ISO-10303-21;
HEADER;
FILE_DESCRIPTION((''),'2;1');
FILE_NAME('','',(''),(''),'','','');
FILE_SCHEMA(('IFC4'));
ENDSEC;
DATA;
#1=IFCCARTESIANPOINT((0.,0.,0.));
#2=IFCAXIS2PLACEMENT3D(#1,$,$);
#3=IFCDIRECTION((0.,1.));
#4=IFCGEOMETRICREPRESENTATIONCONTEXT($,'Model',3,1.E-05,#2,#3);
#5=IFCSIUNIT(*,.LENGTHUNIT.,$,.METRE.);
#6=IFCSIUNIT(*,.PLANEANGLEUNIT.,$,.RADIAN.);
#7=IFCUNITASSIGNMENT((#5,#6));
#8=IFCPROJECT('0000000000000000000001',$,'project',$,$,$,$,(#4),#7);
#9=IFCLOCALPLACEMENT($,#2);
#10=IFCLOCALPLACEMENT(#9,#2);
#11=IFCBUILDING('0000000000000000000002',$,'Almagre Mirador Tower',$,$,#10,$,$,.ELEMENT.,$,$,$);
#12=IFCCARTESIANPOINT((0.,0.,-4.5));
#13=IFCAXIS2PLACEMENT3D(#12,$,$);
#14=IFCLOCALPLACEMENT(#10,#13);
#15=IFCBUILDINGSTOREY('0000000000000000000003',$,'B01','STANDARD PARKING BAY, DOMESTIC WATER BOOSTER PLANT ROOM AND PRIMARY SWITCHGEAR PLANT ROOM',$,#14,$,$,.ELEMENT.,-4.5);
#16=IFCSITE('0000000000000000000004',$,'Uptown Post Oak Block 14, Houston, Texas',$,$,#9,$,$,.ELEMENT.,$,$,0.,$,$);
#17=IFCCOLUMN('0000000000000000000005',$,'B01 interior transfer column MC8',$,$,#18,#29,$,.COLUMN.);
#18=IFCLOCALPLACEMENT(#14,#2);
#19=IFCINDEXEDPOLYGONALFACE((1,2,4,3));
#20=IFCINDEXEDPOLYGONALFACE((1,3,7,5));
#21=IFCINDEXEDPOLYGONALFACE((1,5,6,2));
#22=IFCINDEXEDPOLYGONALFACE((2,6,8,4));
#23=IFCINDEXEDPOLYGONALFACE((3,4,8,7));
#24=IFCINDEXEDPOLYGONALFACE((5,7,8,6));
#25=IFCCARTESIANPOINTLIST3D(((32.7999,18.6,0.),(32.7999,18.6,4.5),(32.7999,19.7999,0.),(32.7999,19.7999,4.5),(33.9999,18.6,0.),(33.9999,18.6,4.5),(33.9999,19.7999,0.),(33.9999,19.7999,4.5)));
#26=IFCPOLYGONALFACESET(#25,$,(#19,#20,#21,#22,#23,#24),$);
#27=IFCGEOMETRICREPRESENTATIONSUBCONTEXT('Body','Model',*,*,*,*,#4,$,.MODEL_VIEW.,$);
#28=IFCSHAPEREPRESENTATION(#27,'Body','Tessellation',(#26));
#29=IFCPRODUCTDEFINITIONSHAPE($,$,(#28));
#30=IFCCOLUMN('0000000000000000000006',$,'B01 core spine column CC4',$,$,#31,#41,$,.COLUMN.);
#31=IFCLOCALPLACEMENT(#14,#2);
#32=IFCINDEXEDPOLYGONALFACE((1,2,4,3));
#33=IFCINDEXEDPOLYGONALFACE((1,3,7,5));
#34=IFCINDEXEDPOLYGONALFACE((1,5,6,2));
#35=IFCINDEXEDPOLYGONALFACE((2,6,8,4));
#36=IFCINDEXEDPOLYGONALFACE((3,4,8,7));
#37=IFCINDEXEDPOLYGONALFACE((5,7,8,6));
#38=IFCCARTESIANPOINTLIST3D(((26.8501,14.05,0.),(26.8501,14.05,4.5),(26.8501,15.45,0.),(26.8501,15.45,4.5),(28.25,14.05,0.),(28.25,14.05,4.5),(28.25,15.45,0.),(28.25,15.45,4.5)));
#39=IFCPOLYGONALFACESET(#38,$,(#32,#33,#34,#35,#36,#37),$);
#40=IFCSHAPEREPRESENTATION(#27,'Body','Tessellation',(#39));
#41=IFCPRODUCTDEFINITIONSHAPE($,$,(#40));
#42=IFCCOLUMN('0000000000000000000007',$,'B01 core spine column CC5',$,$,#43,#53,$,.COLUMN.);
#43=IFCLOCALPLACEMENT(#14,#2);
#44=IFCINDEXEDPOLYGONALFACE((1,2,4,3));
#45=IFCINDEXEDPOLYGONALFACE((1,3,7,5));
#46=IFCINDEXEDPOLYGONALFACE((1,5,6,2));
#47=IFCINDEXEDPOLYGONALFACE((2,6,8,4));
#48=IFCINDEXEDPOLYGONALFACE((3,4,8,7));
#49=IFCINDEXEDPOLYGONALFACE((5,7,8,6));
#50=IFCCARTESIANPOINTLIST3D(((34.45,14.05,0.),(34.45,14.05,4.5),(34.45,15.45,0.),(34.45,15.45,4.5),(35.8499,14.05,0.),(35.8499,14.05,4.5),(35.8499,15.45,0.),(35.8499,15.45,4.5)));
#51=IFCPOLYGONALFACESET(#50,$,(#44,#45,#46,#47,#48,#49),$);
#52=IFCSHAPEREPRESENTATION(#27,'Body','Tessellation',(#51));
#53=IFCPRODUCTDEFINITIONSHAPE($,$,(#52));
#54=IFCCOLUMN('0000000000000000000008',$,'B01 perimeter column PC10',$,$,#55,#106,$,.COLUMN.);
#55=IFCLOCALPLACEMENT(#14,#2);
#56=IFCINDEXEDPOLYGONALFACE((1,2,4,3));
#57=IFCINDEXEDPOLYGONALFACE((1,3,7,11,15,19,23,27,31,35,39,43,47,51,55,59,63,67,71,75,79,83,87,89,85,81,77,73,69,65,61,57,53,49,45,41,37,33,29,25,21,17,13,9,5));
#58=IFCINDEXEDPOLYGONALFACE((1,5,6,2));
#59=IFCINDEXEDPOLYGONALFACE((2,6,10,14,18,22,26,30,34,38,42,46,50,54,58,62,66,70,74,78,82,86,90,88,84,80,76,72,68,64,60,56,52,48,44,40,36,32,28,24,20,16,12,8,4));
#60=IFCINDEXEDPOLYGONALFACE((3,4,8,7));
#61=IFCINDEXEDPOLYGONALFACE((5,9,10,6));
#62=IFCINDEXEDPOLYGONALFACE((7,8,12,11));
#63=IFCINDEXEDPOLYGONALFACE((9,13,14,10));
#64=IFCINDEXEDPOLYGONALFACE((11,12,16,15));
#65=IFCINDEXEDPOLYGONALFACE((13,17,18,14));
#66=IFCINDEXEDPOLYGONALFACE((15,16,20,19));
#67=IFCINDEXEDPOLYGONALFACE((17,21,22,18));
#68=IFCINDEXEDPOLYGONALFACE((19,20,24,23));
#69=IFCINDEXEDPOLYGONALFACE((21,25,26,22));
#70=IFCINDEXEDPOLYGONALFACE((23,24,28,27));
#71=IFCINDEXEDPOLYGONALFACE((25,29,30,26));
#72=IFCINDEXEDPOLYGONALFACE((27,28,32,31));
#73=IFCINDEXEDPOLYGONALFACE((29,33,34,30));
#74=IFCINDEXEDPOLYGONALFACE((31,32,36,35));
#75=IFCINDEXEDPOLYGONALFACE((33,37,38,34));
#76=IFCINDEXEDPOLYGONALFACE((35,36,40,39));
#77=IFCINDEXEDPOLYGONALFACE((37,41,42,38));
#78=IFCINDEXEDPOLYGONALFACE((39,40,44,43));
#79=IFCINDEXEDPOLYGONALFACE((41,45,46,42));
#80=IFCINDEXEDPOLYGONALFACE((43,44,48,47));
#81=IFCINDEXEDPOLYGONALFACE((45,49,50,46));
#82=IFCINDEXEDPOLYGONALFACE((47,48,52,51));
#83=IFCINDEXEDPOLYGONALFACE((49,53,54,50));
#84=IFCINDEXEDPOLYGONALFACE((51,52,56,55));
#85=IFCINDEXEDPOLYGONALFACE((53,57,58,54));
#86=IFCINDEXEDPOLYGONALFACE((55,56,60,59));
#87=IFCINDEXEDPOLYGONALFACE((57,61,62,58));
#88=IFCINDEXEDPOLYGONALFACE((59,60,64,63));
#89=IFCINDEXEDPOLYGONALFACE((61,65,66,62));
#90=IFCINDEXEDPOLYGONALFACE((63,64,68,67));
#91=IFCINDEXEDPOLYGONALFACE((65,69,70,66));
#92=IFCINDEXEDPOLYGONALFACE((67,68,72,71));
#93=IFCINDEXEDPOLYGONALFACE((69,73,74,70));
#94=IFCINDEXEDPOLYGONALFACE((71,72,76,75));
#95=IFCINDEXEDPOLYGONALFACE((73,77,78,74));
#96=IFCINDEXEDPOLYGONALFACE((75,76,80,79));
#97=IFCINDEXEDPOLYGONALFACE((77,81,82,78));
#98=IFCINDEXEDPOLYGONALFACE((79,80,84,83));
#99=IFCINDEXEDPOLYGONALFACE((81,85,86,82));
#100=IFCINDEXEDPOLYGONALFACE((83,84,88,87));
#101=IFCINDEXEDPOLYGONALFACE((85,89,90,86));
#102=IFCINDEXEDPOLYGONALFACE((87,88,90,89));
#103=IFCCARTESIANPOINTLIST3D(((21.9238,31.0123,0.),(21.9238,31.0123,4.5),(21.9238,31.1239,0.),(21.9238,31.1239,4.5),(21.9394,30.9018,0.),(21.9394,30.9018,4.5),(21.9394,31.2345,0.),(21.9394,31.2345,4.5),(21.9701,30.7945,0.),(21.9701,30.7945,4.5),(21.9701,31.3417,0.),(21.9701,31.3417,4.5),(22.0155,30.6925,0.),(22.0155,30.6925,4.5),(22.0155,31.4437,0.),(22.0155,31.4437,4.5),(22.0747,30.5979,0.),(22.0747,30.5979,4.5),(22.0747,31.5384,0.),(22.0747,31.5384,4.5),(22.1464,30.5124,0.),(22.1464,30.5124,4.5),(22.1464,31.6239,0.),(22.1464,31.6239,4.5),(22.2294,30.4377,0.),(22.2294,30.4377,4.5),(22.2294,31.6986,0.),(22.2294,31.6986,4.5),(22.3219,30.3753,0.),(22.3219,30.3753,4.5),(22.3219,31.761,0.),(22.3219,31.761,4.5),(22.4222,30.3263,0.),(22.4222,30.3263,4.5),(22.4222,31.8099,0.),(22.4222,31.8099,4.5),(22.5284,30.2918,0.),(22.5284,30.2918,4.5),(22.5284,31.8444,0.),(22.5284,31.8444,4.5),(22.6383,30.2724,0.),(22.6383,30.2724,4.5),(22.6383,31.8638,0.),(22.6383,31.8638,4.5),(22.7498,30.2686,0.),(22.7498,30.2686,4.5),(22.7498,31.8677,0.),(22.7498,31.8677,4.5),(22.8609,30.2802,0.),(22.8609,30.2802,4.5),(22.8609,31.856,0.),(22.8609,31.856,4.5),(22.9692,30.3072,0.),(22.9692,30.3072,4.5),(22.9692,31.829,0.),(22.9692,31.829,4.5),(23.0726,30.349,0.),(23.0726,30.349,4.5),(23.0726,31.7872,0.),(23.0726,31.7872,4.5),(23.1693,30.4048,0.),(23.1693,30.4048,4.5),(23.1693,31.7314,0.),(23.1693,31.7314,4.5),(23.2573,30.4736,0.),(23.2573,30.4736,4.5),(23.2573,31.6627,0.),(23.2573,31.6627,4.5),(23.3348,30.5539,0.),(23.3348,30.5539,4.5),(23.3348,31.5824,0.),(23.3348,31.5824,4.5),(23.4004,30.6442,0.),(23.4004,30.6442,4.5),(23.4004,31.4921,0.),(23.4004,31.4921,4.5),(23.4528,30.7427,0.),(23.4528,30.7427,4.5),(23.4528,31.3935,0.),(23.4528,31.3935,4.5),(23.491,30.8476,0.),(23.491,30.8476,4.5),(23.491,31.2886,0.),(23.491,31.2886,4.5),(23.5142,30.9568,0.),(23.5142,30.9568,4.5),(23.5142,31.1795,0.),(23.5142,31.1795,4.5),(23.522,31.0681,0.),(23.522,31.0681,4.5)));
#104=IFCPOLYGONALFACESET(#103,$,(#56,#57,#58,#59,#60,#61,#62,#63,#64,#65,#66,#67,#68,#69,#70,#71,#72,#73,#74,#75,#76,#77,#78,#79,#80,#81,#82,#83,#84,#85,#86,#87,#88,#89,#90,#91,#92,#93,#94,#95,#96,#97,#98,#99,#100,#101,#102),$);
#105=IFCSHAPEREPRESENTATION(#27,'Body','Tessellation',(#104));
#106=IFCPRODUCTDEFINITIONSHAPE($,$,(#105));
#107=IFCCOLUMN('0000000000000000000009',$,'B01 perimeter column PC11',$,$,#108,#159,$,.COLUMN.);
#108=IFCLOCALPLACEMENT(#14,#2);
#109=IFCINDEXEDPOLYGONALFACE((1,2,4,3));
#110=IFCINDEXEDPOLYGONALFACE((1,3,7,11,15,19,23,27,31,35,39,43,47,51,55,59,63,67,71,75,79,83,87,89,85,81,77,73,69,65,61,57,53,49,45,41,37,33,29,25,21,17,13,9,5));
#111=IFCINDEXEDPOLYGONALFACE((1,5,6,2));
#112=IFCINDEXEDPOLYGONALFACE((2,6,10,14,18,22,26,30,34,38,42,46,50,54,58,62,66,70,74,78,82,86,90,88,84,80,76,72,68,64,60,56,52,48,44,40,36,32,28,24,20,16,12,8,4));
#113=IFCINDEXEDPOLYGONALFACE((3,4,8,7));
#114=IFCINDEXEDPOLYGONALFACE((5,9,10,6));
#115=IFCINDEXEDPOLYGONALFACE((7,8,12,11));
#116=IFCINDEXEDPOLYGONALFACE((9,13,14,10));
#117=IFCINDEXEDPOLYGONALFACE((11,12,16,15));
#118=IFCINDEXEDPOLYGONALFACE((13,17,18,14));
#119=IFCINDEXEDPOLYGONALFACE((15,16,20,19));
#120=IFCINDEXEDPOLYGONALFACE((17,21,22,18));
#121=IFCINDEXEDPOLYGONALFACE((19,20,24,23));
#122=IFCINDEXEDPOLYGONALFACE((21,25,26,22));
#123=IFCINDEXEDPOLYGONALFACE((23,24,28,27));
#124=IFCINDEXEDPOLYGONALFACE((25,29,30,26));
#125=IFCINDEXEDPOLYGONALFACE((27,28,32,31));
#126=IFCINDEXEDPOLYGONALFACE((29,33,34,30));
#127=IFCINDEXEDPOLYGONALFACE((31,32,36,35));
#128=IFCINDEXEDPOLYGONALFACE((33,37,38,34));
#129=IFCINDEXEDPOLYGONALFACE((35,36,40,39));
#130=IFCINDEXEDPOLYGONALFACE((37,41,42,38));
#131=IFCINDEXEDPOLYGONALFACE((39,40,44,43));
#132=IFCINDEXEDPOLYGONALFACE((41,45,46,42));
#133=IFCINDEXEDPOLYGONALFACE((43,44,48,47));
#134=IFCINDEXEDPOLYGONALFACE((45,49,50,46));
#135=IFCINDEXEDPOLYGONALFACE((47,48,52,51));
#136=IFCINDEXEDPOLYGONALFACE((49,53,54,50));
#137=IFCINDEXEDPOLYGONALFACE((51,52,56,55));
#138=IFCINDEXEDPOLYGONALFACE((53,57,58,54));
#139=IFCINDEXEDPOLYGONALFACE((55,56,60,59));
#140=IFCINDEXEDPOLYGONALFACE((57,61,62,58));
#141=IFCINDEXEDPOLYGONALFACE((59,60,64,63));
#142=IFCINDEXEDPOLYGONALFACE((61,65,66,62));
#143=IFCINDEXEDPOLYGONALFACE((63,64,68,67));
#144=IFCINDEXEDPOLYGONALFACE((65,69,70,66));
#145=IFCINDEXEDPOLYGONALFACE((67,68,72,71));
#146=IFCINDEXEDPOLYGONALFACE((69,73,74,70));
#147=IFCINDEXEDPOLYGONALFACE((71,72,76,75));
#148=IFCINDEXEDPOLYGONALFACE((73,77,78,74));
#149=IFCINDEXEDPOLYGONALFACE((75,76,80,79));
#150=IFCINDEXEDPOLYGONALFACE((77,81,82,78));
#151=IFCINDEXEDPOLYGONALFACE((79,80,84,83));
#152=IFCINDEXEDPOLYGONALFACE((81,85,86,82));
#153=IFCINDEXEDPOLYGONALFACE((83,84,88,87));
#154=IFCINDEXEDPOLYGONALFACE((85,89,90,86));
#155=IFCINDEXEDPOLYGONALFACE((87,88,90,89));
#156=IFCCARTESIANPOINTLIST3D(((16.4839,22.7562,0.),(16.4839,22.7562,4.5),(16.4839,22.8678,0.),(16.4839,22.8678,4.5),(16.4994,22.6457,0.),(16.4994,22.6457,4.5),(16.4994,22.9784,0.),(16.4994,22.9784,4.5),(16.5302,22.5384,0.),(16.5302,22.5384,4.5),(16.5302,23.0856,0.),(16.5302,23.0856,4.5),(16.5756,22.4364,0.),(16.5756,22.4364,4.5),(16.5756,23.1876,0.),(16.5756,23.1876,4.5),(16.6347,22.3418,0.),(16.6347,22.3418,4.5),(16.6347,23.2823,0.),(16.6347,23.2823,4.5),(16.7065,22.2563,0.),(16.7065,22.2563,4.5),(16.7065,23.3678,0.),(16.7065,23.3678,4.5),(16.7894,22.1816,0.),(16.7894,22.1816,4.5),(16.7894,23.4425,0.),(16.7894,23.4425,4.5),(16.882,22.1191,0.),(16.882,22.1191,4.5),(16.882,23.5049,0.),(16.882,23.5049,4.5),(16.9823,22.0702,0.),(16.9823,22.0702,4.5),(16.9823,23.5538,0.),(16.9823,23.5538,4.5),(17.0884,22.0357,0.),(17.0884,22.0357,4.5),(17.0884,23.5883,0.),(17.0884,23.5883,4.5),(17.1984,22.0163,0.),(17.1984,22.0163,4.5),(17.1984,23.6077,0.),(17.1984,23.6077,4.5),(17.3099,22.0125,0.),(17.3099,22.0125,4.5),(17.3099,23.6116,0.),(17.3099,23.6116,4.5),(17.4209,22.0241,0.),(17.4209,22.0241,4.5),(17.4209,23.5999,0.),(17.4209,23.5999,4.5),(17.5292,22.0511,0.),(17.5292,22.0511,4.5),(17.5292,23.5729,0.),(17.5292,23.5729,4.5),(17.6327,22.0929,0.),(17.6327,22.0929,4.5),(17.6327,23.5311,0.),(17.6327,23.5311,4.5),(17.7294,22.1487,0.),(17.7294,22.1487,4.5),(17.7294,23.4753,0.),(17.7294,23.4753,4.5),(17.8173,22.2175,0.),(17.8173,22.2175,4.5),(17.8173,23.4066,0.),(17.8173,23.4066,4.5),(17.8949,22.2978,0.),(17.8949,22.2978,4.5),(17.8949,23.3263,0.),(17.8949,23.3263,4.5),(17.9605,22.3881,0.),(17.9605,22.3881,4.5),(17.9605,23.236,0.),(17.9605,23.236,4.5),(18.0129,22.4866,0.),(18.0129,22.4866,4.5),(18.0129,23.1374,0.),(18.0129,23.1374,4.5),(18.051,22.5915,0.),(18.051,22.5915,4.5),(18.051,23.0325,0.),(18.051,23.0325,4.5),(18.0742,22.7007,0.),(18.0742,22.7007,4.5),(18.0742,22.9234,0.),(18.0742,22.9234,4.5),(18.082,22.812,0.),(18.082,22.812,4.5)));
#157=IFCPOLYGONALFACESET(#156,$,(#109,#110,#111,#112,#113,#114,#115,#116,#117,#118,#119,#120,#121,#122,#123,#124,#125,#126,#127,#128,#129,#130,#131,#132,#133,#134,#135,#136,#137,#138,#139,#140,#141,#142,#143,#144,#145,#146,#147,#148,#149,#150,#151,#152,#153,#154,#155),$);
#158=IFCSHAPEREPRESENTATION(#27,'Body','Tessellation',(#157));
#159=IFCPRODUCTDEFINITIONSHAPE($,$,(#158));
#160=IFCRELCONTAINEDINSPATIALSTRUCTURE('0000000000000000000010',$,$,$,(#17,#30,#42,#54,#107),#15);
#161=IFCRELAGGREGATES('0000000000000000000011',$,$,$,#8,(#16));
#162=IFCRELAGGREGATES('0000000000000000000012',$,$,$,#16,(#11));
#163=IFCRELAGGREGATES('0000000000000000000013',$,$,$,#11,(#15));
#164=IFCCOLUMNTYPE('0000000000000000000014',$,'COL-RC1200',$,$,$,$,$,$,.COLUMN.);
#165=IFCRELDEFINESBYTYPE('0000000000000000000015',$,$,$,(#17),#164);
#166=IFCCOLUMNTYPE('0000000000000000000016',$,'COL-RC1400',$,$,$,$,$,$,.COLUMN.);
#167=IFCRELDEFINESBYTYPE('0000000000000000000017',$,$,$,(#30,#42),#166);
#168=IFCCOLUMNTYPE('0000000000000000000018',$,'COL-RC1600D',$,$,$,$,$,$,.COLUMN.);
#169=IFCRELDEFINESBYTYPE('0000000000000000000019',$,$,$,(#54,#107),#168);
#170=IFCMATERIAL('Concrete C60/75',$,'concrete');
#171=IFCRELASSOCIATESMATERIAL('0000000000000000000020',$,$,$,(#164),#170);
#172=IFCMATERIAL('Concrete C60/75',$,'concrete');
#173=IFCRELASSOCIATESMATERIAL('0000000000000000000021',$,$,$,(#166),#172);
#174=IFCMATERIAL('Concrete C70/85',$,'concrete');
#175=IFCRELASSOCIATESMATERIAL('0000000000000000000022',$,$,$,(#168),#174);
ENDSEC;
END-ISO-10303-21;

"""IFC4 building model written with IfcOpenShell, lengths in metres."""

from ifc_helpers import new_model, si_unit, direction, frame, origin, origin_2d, place, context, subcontext, project, spatial, rectangle, circle, extrude, material, material_profile, profile_set, type_object, element, save


model = new_model("IFC4")

# Units and contexts
model_context = context("Model", 3, precision=1e-05, world=origin(), true_north=direction((0.0, 1.0)))
body_context = subcontext(model_context, "Body", "Model", "MODEL_VIEW")
ifc_project = project(units=[si_unit("LENGTHUNIT", "METRE"), si_unit("PLANEANGLEUNIT", "RADIAN")], contexts=[model_context])

# Site, building, storey
site_placement = place(None, origin())
site = spatial("IfcSite", under=ifc_project, at=site_placement, Name="Uptown Post Oak Block 14, Houston, Texas", CompositionType="ELEMENT", RefElevation=0.0)
building_placement = place(site_placement, origin())
building = spatial("IfcBuilding", under=site, at=building_placement, Name="Almagre Mirador Tower", CompositionType="ELEMENT")
storey_placement = place(building_placement, frame((0.0, 0.0, -4.5)))
storey = spatial("IfcBuildingStorey", under=building, at=storey_placement, Name="B01", Description="STANDARD PARKING BAY, DOMESTIC WATER BOOSTER PLANT ROOM AND PRIMARY SWITCHGEAR PLANT ROOM", CompositionType="ELEMENT", Elevation=-4.5)

# Columns
ifc_material_1 = material(Name="Concrete C60/75", Category="concrete")
ifc_material_profile_1 = material_profile(ifc_material_1, rectangle(XDim=1.2, YDim=1.2, at=origin_2d()), Name="RC1200X1200")
ifc_profile_set_1 = profile_set([ifc_material_profile_1], Name="Concrete C60/75")
column_type_1 = type_object("IfcColumnType", Name="COL-RC1200", PredefinedType="COLUMN", material=ifc_profile_set_1)
column_1_placement = place(storey_placement, frame((33.3999, 19.2, 0.0), z_axis=(0.0, 0.0, 1.0), x_axis=(1.0, 0.0, 0.0)))
element("IfcColumn", 1, at=column_1_placement, inside=storey, type_object=column_type_1, Name="B01 interior transfer column MC8", PredefinedType="COLUMN", context=body_context, shape_type="SweptSolid", body=[
    extrude(rectangle(XDim=1.2, YDim=1.2, at=origin_2d()), origin(), (0.0, 0.0, 1.0), 4.5),
])
ifc_material_2 = material(Name="Concrete C60/75", Category="concrete")
ifc_material_profile_2 = material_profile(ifc_material_2, rectangle(XDim=1.3999, YDim=1.3999, at=origin_2d()), Name="RC1400X1400")
ifc_profile_set_2 = profile_set([ifc_material_profile_2], Name="Concrete C60/75")
column_type_2 = type_object("IfcColumnType", Name="COL-RC1400", PredefinedType="COLUMN", material=ifc_profile_set_2)
for number, where, z_axis, x_axis, name in (
    (2, (27.55, 14.75, 0.0), (0.0, 0.0, 1.0), (1.0, 0.0, 0.0), "B01 core spine column CC4"),
    (3, (35.1499, 14.75, 0.0), (0.0, 0.0, 1.0), (1.0, 0.0, 0.0), "B01 core spine column CC5"),
):
    element("IfcColumn", number, at=place(storey_placement, frame(where, z_axis=z_axis, x_axis=x_axis)), inside=storey, type_object=column_type_2, Name=name, PredefinedType="COLUMN", context=body_context, shape_type="SweptSolid", body=[
        extrude(rectangle(XDim=1.3999, YDim=1.3999, at=origin_2d()), origin(), (0.0, 0.0, 1.0), 4.5),
    ])
ifc_material_3 = material(Name="Concrete C70/85", Category="concrete")
ifc_material_profile_3 = material_profile(ifc_material_3, circle(Radius=0.8, at=origin_2d()), Name="RC1600D")
ifc_profile_set_3 = profile_set([ifc_material_profile_3], Name="Concrete C70/85")
column_type_3 = type_object("IfcColumnType", Name="COL-RC1600D", PredefinedType="COLUMN", material=ifc_profile_set_3)
for number, where, z_axis, x_axis, name in (
    (4, (22.7219, 31.0681, 0.0), (0.0, 0.0, 1.0), (1.0, 0.0, 0.0), "B01 perimeter column PC10"),
    (5, (17.282, 22.812, 0.0), (0.0, 0.0, 1.0), (1.0, 0.0, 0.0), "B01 perimeter column PC11"),
):
    element("IfcColumn", number, at=place(storey_placement, frame(where, z_axis=z_axis, x_axis=x_axis)), inside=storey, type_object=column_type_3, Name=name, PredefinedType="COLUMN", context=body_context, shape_type="SweptSolid", body=[
        extrude(circle(Radius=0.8, at=origin_2d()), origin(), (0.0, 0.0, 1.0), 4.5),
    ])

save(model, "model.ifc")
